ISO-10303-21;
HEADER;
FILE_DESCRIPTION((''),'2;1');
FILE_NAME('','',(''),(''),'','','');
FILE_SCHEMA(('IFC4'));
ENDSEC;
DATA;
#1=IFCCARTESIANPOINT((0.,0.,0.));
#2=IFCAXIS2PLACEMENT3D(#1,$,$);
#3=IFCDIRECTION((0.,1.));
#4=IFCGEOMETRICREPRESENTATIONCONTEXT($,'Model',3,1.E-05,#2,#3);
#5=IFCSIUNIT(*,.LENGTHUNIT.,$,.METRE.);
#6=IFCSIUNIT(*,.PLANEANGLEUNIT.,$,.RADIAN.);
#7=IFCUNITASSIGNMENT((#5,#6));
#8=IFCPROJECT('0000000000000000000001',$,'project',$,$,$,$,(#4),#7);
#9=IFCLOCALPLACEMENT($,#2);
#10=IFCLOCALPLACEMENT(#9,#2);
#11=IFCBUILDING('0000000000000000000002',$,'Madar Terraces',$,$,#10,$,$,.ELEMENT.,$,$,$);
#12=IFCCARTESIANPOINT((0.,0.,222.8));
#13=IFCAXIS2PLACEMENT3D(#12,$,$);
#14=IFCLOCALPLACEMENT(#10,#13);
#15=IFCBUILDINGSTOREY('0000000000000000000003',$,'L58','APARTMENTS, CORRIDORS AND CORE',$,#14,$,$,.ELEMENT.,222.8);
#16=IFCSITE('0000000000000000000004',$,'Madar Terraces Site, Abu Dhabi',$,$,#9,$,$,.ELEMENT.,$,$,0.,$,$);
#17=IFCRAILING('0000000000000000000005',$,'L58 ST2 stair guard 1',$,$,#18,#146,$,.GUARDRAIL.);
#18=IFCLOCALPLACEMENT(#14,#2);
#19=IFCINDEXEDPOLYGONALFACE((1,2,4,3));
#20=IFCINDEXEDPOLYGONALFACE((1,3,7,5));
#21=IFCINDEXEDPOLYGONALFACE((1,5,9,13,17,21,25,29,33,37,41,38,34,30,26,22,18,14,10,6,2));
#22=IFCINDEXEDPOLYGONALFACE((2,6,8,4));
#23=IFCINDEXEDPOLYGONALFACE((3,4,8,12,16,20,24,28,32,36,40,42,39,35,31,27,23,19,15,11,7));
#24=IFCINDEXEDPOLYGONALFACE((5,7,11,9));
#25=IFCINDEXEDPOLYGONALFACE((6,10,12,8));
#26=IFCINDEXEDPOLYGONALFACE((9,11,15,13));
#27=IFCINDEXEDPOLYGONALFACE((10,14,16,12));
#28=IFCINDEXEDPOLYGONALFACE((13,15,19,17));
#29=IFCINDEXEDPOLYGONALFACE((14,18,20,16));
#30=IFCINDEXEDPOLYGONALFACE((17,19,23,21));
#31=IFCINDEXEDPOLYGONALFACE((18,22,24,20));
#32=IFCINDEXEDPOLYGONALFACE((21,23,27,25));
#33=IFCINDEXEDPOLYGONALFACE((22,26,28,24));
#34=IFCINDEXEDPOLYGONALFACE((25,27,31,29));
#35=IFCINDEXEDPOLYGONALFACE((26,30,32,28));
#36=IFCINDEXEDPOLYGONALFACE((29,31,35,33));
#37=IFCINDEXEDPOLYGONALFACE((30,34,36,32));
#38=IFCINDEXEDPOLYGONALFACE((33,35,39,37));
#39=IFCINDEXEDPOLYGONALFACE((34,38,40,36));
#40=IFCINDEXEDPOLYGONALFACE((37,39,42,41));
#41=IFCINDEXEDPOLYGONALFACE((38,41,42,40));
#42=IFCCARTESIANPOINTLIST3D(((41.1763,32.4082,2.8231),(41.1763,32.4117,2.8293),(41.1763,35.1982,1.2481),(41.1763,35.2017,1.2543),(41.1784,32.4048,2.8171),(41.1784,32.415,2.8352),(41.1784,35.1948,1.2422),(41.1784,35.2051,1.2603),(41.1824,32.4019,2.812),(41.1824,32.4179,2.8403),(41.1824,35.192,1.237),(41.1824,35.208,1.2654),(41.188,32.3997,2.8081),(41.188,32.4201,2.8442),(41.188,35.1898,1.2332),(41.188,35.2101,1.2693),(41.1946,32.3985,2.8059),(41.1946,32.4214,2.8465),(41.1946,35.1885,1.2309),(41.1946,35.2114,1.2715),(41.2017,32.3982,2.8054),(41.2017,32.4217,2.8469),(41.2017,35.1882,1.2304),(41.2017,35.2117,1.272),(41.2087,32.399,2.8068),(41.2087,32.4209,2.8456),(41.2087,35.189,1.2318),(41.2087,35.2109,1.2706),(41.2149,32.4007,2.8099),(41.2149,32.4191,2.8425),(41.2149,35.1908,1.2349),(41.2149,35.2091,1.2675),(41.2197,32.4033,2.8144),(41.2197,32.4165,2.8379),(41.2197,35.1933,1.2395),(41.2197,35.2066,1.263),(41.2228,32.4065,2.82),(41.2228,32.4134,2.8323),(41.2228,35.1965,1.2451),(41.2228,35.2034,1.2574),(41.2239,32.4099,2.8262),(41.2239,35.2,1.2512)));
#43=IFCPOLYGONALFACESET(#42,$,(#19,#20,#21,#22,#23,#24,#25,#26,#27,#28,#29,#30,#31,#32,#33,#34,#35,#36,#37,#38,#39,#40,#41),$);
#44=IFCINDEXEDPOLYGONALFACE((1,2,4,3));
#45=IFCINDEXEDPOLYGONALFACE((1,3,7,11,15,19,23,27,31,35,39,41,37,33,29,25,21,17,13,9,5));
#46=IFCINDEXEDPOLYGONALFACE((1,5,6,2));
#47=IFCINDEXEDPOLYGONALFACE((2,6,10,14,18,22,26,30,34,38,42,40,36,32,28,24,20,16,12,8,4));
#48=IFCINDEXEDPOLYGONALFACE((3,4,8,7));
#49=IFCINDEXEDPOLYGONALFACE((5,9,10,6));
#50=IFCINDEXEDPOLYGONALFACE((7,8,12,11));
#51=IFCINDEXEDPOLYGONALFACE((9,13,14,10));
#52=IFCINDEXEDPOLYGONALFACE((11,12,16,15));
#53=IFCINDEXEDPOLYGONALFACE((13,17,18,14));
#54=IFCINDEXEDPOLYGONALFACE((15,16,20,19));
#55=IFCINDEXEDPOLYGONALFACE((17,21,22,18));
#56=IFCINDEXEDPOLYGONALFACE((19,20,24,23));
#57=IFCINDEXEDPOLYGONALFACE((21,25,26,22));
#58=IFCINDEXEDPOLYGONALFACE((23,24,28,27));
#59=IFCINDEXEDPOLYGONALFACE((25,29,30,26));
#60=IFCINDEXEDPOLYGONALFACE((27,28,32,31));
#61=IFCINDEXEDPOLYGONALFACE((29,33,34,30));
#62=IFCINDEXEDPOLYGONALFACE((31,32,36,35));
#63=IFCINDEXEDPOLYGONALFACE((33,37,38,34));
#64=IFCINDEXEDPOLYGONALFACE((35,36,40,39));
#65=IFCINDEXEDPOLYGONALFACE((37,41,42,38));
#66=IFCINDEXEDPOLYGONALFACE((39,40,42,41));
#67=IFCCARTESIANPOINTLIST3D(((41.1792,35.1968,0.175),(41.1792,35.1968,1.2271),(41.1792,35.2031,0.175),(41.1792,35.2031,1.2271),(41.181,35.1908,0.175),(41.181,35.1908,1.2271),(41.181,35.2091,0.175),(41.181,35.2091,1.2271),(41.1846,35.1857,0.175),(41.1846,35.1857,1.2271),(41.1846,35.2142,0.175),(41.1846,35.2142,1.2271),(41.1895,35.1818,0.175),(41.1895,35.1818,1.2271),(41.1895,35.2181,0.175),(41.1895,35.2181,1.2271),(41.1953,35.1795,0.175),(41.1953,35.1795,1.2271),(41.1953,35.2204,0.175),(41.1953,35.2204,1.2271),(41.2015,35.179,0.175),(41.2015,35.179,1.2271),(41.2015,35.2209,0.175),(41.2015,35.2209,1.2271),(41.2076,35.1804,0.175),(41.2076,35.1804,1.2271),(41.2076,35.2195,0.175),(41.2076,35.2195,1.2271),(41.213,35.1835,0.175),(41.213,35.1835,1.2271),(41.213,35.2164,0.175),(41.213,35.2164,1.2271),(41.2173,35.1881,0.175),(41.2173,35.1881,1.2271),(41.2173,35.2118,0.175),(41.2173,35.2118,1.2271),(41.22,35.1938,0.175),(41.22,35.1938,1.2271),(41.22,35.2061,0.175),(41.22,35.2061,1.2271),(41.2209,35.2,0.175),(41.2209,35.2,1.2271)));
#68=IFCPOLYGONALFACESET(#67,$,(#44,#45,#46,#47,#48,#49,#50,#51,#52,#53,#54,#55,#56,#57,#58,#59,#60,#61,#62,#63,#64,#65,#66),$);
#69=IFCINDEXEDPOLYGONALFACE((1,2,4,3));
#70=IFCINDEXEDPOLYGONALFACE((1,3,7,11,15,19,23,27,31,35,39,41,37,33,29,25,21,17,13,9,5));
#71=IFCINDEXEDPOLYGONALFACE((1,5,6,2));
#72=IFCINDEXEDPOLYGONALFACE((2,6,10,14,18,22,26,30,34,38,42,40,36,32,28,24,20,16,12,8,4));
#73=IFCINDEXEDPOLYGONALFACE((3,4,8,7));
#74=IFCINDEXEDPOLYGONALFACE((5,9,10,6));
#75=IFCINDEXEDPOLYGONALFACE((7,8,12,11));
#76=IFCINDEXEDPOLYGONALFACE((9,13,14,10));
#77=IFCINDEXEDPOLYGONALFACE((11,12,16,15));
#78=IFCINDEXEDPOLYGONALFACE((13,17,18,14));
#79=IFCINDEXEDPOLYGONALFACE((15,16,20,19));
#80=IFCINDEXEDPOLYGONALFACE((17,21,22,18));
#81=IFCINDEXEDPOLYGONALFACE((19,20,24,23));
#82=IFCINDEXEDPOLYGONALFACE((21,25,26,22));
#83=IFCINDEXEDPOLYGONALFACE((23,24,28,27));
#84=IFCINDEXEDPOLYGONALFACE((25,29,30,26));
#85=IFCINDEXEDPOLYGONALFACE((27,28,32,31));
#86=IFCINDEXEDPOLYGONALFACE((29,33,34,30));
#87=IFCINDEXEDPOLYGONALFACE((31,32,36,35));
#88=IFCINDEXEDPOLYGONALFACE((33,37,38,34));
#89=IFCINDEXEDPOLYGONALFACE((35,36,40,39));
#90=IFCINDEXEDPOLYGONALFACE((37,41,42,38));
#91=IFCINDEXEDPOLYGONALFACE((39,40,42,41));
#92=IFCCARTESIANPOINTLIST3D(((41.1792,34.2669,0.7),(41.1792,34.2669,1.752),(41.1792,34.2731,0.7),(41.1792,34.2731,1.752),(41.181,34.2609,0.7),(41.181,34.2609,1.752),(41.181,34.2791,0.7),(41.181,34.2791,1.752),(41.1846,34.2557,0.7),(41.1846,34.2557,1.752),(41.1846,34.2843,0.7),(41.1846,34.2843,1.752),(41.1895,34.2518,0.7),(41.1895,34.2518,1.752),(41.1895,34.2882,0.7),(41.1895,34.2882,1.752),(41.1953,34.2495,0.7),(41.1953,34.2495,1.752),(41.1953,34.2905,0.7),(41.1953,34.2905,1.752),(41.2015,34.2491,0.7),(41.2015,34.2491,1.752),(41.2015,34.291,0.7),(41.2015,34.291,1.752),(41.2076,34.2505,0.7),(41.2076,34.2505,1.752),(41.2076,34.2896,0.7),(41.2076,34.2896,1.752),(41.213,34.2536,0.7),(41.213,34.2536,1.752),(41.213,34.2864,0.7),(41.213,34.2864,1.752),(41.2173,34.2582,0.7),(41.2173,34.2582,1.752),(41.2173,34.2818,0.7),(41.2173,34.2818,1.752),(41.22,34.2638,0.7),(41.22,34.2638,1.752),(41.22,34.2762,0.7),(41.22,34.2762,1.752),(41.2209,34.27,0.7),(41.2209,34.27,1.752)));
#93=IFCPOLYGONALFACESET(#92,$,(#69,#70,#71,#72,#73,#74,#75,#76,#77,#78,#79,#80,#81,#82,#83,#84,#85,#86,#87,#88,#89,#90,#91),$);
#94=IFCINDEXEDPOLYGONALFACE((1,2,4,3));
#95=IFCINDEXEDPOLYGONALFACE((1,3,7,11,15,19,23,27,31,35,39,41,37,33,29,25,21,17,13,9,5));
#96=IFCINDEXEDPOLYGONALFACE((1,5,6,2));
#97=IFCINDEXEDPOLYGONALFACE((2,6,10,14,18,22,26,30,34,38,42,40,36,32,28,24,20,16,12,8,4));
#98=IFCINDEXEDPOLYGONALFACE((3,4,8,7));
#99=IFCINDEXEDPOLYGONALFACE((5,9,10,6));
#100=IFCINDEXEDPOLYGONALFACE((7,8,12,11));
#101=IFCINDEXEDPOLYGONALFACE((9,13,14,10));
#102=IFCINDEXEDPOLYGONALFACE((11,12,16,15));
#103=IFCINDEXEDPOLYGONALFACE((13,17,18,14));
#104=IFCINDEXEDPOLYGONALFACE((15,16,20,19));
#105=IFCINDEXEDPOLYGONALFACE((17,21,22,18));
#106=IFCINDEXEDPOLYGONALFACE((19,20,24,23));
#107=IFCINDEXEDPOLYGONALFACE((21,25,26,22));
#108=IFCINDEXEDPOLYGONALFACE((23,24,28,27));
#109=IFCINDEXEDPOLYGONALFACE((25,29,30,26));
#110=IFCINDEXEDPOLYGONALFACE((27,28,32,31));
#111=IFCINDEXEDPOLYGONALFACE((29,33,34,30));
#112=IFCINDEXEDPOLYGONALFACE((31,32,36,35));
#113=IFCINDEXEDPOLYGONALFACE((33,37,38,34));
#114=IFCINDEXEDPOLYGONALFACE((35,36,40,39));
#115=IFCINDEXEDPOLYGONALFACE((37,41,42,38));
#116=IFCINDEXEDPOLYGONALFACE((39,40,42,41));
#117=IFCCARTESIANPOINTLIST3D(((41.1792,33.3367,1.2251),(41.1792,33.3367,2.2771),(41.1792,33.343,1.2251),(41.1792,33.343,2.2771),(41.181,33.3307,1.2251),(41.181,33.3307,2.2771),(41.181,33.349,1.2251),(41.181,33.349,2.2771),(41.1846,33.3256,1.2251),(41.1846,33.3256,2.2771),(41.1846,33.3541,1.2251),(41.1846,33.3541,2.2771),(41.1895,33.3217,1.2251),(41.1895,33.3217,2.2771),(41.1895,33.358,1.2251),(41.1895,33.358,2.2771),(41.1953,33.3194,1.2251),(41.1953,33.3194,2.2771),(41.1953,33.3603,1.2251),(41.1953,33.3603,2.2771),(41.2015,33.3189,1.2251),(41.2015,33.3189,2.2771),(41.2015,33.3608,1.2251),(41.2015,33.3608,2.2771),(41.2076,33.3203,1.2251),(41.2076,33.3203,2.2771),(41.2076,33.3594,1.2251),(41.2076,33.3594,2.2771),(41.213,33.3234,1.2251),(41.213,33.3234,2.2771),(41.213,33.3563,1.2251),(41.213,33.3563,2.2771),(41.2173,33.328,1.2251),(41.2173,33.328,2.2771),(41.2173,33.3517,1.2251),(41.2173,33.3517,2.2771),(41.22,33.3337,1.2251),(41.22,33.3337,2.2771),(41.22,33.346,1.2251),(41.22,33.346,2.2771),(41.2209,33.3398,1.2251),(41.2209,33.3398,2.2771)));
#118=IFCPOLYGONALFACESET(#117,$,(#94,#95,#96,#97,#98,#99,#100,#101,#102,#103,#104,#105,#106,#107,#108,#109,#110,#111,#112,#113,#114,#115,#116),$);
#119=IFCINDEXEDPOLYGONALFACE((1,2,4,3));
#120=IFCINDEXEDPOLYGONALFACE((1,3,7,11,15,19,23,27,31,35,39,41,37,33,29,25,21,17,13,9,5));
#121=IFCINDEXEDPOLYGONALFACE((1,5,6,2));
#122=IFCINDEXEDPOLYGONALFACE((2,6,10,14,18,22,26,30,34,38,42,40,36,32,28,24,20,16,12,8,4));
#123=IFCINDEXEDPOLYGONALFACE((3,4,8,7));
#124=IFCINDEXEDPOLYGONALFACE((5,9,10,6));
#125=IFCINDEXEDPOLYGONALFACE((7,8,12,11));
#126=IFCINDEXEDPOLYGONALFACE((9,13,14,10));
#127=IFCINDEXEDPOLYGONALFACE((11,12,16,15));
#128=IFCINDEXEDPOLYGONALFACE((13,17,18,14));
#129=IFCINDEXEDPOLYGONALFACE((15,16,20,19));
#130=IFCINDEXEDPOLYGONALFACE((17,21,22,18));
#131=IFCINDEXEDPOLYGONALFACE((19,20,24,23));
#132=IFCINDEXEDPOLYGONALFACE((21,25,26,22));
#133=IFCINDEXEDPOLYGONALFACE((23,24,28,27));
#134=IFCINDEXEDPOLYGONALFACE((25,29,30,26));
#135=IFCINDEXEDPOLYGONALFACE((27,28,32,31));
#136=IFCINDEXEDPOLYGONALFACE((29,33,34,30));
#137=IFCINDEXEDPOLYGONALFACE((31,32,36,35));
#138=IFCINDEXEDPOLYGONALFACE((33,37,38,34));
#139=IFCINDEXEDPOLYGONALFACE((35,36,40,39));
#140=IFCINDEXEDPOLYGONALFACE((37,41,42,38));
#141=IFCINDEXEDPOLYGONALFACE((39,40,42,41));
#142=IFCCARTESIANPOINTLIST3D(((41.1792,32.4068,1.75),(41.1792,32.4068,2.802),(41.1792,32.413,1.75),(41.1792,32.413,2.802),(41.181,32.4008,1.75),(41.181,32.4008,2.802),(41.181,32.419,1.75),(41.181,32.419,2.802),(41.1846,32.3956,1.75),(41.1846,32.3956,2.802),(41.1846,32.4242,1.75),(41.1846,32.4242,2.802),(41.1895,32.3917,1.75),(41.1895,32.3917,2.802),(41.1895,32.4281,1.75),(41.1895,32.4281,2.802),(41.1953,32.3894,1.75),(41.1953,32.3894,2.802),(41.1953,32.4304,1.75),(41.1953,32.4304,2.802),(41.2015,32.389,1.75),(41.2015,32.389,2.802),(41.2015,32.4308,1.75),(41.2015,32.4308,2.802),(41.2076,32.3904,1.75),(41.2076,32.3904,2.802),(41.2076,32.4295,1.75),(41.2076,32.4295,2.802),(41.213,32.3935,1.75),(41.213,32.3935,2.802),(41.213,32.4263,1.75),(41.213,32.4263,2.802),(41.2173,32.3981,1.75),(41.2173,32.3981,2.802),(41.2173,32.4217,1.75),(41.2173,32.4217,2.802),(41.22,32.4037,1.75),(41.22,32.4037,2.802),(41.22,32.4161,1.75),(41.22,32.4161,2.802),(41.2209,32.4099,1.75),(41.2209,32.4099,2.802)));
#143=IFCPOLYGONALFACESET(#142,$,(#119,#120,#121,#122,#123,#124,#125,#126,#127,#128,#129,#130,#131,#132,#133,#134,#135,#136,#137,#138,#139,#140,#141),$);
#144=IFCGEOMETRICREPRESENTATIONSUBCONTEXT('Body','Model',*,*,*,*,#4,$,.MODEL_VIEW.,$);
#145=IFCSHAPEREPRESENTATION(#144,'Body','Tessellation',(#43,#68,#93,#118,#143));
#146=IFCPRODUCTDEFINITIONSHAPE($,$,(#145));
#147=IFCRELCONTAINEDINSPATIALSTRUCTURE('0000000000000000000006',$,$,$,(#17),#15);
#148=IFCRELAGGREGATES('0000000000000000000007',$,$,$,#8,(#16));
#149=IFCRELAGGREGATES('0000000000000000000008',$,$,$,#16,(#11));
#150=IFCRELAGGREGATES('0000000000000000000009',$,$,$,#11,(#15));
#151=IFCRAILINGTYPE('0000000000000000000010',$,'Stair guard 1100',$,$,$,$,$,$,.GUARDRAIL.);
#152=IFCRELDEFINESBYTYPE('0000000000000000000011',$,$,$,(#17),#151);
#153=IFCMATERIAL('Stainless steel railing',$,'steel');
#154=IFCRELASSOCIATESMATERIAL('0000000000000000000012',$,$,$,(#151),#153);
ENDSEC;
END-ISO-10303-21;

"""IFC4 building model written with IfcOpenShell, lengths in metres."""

from ifc_helpers import new_model, si_unit, direction, frame, origin, origin_2d, place, context, subcontext, project, spatial, circle, extrude, material, type_object, element, save


model = new_model("IFC4")

# Units and contexts
model_context = context("Model", 3, precision=1e-05, world=origin(), true_north=direction((0.0, 1.0)))
body_context = subcontext(model_context, "Body", "Model", "MODEL_VIEW")
ifc_project = project(units=[si_unit("LENGTHUNIT", "METRE"), si_unit("PLANEANGLEUNIT", "RADIAN")], contexts=[model_context])

# Site, building, storey
site_placement = place(None, origin())
site = spatial("IfcSite", under=ifc_project, at=site_placement, Name="Madar Terraces Site, Abu Dhabi", CompositionType="ELEMENT", RefElevation=0.0)
building_placement = place(site_placement, origin())
building = spatial("IfcBuilding", under=site, at=building_placement, Name="Madar Terraces", CompositionType="ELEMENT")
storey_placement = place(building_placement, frame((0.0, 0.0, 222.8)))
storey = spatial("IfcBuildingStorey", under=building, at=storey_placement, Name="L58", Description="APARTMENTS, CORRIDORS AND CORE", CompositionType="ELEMENT", Elevation=222.8)

# Railing
ifc_material_1 = material(Name="Stainless steel railing", Category="steel")
railing_type_1 = type_object("IfcRailingType", Name="Stair guard 1100", PredefinedType="GUARDRAIL", material=ifc_material_1)
railing_1_placement = place(storey_placement, frame((41.2, 35.2, 0.175)))
element("IfcRailing", 1, at=railing_1_placement, inside=storey, type_object=railing_type_1, Name="L58 ST2 stair guard 1", PredefinedType="GUARDRAIL", context=body_context, shape_type="SweptSolid", body=[
    extrude(circle(Radius=0.0239, at=origin_2d()), frame((0.0, 0.0, 1.0762), z_axis=(0.0, -0.870834, 0.491578), x_axis=(1.0, 0.0, 0.0)), (0.0, 0.0, 1.0), 3.2039),
    extrude(circle(Radius=0.021, at=origin_2d()), origin(), (0.0, 0.0, 1.0), 1.052),
    extrude(circle(Radius=0.021, at=origin_2d()), frame((0.0, -0.9299, 0.5249)), (0.0, 0.0, 1.0), 1.052),
    extrude(circle(Radius=0.021, at=origin_2d()), frame((0.0, -1.8601, 1.05)), (0.0, 0.0, 1.0), 1.052),
    extrude(circle(Radius=0.021, at=origin_2d()), frame((0.0, -2.79, 1.575)), (0.0, 0.0, 1.0), 1.052),
])

save(model, "model.ifc")
